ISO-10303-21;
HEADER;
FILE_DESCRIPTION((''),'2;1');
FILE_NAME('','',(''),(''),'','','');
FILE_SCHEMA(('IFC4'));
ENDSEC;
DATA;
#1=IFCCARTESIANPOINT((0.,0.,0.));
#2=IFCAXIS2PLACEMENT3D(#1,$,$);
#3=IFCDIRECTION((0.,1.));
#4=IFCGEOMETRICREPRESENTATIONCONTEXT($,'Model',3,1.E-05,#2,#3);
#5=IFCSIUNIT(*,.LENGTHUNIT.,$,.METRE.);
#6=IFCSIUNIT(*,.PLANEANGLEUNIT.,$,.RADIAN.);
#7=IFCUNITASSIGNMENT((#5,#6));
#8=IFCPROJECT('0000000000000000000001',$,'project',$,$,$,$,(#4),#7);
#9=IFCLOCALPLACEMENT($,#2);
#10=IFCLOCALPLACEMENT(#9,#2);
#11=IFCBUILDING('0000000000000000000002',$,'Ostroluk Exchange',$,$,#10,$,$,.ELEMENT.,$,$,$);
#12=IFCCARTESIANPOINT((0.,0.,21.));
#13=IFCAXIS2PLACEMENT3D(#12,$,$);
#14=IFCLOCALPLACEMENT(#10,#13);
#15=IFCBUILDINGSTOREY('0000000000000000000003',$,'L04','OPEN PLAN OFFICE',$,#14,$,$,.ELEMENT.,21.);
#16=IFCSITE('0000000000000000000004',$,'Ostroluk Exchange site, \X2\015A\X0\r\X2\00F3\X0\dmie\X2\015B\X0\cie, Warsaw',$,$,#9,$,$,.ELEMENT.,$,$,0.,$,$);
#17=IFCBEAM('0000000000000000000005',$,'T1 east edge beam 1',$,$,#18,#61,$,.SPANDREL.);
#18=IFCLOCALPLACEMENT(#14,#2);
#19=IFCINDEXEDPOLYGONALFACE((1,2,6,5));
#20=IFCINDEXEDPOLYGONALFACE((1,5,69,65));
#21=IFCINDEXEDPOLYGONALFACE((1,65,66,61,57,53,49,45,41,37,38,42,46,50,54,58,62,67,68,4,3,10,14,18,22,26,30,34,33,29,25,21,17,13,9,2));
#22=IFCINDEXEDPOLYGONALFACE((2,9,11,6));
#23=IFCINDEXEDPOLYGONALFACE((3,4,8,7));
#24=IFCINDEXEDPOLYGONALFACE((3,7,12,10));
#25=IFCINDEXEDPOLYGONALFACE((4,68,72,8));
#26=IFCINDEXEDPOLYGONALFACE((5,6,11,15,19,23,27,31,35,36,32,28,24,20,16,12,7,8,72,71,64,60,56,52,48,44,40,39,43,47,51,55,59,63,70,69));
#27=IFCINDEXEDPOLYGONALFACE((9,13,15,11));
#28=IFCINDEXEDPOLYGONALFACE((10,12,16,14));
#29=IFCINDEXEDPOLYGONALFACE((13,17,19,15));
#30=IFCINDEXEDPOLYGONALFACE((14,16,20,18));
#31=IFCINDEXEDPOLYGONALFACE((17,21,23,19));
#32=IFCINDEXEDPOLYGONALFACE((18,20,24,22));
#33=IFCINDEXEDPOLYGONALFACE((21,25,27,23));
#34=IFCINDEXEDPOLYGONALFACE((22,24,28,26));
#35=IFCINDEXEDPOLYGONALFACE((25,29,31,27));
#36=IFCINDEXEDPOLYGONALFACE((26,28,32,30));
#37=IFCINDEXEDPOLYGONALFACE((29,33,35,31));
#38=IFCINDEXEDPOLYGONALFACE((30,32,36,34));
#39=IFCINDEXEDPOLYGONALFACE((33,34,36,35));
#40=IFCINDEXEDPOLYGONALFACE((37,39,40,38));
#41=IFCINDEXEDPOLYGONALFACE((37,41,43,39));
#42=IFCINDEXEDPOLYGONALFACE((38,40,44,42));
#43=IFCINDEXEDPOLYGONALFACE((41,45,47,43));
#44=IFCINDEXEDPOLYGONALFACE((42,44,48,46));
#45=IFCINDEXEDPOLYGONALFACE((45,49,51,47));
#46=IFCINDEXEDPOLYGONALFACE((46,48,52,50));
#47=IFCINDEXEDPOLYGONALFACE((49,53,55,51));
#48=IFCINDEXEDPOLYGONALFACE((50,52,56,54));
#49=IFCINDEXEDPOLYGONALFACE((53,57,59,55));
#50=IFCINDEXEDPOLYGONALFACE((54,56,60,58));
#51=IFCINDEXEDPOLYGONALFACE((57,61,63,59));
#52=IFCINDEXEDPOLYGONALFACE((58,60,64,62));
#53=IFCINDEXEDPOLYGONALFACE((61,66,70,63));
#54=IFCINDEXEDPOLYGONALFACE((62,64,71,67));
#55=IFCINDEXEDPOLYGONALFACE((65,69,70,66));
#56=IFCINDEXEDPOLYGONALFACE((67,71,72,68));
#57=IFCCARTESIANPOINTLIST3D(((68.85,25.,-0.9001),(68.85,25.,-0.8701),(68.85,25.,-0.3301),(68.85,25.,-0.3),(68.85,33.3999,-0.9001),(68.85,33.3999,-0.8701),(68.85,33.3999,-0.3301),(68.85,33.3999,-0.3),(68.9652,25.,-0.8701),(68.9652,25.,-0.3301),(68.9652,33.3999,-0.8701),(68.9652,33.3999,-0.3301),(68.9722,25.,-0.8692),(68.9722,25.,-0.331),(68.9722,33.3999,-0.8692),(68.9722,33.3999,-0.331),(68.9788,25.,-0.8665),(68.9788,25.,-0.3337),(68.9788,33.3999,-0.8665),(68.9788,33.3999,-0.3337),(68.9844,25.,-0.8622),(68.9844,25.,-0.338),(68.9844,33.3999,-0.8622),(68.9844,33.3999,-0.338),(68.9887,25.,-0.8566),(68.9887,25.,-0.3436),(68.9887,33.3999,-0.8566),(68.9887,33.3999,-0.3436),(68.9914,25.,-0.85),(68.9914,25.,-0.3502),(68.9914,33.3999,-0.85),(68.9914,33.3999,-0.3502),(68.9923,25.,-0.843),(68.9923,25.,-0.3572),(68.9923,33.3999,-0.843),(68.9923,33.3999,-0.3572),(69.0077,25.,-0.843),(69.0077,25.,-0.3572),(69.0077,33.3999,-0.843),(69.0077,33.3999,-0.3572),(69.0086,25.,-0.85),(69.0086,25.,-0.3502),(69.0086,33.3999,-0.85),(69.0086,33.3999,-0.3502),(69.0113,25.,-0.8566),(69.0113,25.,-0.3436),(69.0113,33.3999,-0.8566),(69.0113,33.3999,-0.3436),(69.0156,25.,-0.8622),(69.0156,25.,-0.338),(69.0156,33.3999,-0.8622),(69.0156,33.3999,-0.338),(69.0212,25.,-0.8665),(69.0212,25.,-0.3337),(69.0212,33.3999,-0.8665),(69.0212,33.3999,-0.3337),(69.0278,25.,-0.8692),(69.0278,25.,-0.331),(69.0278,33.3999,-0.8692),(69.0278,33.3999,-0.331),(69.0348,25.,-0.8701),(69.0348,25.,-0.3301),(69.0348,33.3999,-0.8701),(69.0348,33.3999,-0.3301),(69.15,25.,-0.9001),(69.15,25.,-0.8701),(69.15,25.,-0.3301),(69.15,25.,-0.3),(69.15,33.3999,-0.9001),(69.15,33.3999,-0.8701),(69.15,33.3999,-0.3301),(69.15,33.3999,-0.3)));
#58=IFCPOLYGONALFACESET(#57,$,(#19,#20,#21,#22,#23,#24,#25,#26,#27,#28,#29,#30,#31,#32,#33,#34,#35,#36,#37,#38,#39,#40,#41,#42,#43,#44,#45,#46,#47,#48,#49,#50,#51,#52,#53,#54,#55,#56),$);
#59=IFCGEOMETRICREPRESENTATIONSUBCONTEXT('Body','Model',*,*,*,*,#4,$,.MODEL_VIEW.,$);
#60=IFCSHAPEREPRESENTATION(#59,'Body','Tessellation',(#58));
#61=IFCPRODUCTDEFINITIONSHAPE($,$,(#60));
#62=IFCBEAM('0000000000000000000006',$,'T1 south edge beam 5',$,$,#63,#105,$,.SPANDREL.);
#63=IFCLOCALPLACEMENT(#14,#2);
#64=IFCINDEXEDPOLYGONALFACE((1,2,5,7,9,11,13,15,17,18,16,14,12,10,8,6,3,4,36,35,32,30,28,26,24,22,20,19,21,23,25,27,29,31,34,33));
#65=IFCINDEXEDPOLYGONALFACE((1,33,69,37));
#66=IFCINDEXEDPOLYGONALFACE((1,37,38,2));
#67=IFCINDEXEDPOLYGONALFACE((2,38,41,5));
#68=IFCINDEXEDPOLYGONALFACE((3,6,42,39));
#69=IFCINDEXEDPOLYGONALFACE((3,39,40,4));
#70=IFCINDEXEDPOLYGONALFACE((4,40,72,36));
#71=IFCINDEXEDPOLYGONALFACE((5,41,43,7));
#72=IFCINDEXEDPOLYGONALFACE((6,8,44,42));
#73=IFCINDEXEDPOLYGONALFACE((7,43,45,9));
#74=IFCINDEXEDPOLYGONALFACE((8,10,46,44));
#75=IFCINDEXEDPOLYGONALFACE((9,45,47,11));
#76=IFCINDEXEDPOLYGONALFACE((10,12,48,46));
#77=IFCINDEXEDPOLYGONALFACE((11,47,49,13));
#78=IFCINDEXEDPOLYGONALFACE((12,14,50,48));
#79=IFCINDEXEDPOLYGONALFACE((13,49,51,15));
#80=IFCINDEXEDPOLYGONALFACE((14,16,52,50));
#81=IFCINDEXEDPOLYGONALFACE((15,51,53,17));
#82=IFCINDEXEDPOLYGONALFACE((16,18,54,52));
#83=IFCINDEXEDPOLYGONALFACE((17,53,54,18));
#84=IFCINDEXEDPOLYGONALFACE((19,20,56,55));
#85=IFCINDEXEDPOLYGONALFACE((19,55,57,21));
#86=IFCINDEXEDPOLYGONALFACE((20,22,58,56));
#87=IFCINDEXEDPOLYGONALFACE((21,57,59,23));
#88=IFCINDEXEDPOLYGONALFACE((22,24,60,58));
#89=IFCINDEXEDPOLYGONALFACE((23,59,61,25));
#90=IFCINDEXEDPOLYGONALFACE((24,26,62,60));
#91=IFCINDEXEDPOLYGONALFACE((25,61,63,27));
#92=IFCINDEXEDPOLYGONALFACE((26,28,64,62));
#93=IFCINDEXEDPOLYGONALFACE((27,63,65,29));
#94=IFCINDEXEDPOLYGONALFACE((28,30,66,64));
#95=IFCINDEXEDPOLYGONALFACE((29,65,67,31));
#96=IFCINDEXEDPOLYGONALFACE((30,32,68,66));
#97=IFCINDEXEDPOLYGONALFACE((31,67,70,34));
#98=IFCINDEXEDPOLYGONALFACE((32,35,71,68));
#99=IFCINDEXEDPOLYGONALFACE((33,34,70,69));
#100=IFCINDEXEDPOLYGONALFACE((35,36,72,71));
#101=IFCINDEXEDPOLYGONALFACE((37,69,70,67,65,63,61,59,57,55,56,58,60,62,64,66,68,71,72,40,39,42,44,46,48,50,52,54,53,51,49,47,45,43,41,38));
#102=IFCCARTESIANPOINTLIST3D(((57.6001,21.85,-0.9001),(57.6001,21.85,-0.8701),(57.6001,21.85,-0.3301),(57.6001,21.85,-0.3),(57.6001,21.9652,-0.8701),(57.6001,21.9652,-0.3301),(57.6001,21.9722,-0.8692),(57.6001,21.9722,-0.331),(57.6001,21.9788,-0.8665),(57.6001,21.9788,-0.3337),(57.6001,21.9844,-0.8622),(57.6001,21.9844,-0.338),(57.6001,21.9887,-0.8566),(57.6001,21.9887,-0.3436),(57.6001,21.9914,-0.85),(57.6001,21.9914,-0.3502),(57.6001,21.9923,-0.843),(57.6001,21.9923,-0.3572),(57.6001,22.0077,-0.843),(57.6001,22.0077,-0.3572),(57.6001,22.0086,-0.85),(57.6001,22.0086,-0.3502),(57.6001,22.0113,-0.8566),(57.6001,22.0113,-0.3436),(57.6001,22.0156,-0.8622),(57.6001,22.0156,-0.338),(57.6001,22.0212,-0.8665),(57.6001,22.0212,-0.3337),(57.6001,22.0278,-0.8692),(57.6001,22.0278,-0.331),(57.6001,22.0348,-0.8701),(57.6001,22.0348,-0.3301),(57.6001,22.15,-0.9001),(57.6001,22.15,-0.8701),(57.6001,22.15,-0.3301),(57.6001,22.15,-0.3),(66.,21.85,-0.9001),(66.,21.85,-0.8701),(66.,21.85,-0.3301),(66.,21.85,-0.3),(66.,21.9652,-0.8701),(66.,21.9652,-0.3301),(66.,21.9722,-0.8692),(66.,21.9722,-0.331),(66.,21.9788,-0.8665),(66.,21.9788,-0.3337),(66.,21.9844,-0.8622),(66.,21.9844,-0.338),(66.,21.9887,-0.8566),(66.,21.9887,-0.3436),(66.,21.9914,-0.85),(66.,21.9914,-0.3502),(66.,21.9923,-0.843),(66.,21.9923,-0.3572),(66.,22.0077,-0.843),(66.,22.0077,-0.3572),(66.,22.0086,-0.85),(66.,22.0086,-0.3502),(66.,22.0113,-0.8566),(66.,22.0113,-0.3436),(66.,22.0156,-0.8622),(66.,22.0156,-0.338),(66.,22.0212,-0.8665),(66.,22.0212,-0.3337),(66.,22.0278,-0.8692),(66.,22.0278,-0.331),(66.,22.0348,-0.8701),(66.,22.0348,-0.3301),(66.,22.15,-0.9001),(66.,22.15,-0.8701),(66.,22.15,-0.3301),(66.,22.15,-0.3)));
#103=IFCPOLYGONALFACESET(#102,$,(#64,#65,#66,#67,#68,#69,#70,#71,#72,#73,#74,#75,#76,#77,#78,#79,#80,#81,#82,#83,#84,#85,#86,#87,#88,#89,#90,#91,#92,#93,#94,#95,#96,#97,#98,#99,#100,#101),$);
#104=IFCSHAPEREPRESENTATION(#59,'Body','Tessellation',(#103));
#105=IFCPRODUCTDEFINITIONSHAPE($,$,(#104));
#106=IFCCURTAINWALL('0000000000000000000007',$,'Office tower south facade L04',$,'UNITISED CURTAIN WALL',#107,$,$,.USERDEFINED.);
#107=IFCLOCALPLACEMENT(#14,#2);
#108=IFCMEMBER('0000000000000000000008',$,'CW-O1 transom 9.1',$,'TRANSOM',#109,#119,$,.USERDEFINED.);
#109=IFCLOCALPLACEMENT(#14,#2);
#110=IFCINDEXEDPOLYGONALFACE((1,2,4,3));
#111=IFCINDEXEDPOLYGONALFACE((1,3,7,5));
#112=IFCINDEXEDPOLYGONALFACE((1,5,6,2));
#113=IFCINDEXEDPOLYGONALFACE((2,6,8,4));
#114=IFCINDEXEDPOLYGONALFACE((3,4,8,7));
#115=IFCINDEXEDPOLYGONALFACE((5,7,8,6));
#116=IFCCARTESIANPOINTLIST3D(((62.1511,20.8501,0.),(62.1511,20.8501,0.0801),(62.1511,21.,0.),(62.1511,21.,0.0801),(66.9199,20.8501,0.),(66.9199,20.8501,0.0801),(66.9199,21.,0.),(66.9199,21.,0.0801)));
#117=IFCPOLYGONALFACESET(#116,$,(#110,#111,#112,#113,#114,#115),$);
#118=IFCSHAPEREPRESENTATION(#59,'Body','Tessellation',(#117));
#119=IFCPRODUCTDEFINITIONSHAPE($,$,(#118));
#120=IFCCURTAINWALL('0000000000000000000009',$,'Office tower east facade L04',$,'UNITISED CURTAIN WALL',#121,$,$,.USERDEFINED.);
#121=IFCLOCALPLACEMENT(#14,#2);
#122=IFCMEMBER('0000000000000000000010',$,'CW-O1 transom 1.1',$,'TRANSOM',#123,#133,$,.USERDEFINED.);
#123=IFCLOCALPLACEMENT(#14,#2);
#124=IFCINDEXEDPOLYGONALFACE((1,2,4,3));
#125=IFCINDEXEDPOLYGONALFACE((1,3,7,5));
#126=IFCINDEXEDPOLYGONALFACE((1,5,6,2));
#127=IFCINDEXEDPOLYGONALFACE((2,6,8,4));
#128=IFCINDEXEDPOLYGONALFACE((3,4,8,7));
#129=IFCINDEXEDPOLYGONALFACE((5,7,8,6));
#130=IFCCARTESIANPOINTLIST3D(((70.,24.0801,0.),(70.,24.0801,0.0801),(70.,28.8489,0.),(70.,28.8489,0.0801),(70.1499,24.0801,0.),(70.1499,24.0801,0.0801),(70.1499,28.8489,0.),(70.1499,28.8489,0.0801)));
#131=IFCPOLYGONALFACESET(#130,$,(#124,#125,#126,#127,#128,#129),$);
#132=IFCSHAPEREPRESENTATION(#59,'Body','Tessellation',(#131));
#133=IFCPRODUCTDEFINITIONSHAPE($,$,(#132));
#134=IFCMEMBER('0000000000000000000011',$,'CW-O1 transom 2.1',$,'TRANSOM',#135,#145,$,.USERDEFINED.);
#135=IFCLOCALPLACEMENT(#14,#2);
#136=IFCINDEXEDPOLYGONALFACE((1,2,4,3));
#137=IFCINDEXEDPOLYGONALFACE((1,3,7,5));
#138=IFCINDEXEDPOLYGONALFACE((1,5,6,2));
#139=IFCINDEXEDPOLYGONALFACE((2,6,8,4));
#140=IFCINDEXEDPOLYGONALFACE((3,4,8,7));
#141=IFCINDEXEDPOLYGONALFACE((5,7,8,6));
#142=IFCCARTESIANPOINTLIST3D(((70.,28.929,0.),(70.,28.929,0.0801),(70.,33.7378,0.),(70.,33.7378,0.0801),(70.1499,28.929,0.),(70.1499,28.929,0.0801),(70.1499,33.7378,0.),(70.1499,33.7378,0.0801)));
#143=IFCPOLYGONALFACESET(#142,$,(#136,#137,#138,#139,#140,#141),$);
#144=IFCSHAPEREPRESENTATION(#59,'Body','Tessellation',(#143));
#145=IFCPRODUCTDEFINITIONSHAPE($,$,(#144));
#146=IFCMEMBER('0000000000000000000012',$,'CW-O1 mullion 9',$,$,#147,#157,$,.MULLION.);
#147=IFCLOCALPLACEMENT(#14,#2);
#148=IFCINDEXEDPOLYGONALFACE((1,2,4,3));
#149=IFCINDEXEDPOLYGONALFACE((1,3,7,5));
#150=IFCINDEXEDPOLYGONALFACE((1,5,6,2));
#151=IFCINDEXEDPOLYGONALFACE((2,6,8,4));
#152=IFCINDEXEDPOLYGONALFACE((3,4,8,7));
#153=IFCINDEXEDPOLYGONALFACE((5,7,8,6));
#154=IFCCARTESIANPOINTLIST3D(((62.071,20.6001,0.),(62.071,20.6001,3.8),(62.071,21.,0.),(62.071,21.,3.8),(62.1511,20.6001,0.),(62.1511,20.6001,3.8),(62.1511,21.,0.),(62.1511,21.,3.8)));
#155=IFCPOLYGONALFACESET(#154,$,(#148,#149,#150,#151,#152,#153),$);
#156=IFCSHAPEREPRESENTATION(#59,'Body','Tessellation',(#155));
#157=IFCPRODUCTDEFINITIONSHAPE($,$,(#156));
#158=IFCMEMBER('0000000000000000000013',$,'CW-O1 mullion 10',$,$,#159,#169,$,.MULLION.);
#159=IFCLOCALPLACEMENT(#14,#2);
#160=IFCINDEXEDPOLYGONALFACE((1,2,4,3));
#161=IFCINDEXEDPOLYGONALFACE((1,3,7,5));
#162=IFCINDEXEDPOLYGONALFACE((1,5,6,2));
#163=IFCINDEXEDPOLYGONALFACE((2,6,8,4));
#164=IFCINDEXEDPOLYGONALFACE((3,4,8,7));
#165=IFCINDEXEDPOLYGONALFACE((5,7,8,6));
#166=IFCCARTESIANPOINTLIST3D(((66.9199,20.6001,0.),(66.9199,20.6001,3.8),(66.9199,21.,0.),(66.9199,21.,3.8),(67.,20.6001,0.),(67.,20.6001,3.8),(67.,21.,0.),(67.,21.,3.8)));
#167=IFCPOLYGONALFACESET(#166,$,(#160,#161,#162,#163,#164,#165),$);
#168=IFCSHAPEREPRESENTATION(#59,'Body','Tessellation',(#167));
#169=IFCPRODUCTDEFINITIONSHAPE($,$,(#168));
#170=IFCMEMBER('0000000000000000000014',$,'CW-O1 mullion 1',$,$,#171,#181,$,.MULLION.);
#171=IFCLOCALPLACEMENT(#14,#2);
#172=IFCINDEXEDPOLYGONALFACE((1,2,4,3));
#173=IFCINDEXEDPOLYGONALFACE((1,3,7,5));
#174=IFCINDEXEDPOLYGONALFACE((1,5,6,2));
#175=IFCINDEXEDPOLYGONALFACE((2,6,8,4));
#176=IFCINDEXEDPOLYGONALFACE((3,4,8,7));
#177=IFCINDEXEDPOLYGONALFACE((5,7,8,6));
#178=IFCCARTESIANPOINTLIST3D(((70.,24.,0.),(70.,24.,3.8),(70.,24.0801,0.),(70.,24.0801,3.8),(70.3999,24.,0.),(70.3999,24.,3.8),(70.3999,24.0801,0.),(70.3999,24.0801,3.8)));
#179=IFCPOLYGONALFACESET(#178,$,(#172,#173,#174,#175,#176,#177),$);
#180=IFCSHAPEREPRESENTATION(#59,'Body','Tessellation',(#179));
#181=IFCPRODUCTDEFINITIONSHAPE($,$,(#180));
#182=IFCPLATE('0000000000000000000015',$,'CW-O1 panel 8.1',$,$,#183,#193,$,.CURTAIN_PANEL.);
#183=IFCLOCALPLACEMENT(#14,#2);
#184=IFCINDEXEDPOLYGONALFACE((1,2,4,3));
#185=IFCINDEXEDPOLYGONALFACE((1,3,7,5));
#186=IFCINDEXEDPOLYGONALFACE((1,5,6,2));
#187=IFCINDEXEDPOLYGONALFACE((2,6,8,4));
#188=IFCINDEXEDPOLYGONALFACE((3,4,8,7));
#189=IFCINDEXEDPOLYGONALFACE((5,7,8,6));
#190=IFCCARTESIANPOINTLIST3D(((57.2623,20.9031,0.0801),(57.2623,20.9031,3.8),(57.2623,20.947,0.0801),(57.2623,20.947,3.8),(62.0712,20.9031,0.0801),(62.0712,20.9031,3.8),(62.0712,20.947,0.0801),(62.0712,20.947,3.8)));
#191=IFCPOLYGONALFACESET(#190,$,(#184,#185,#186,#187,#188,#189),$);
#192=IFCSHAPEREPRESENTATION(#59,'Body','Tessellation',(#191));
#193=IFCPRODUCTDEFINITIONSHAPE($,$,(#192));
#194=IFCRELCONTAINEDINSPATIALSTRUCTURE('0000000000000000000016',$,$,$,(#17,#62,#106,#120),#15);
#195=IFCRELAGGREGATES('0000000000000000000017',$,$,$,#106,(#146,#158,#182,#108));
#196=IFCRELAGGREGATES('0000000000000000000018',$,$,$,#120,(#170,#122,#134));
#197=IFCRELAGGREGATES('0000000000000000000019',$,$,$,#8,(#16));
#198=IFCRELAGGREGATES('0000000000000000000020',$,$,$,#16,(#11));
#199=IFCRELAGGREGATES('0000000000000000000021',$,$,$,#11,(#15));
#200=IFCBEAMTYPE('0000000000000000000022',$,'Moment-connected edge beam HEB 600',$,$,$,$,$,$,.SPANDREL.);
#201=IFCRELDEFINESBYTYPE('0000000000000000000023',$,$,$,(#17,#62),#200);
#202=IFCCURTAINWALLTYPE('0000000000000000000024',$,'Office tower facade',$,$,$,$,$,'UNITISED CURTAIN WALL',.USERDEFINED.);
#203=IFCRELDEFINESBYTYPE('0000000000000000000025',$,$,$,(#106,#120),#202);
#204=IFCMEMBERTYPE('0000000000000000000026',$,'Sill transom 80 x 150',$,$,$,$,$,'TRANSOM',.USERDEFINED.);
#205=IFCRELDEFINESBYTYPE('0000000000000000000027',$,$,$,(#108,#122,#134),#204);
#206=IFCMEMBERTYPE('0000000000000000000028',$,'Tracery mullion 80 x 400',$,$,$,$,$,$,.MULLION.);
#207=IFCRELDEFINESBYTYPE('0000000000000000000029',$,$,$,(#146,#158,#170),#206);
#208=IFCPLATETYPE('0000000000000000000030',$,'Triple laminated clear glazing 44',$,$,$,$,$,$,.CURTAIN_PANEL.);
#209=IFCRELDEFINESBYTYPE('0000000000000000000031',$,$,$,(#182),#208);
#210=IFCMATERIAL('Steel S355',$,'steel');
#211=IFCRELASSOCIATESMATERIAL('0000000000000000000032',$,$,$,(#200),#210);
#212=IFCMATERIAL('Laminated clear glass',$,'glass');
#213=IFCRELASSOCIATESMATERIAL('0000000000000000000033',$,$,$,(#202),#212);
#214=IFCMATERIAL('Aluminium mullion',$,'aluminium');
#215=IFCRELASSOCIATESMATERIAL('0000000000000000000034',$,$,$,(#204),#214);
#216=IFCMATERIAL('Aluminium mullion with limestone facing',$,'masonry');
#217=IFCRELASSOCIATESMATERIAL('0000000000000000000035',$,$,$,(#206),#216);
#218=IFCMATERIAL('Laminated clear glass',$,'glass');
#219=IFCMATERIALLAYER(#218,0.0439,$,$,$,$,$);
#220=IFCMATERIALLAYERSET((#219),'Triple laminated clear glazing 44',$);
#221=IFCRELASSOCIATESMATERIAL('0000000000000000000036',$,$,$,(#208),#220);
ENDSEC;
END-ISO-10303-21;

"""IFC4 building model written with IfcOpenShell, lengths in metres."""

from ifc_helpers import new_model, si_unit, direction, frame, origin, origin_2d, place, context, subcontext, project, spatial, rectangle, i_section, extrude, material, layer, layer_set, material_profile, profile_set, type_object, element, aggregate, save


model = new_model("IFC4")

# Units and contexts
model_context = context("Model", 3, precision=1e-05, world=origin(), true_north=direction((0.0, 1.0)))
body_context = subcontext(model_context, "Body", "Model", "MODEL_VIEW")
ifc_project = project(units=[si_unit("LENGTHUNIT", "METRE"), si_unit("PLANEANGLEUNIT", "RADIAN")], contexts=[model_context])

# Site, building, storey
site_placement = place(None, origin())
site = spatial("IfcSite", under=ifc_project, at=site_placement, Name="Ostroluk Exchange site, Śródmieście, Warsaw", CompositionType="ELEMENT", RefElevation=0.0)
building_placement = place(site_placement, origin())
building = spatial("IfcBuilding", under=site, at=building_placement, Name="Ostroluk Exchange", CompositionType="ELEMENT")
storey_placement = place(building_placement, frame((0.0, 0.0, 21.0)))
storey = spatial("IfcBuildingStorey", under=building, at=storey_placement, Name="L04", Description="OPEN PLAN OFFICE", CompositionType="ELEMENT", Elevation=21.0)

# Beams
ifc_material_1 = material(Name="Steel S355", Category="steel")
ifc_material_profile_1 = material_profile(ifc_material_1, i_section(OverallWidth=0.3, OverallDepth=0.6001, WebThickness=0.0154, FlangeThickness=0.03, FilletRadius=0.0271, at=origin_2d()), Name="HEB 600")
ifc_profile_set_1 = profile_set([ifc_material_profile_1], Name="Steel S355")
beam_type_1 = type_object("IfcBeamType", Name="Moment-connected edge beam HEB 600", PredefinedType="SPANDREL", material=ifc_profile_set_1)
for number, where, z_axis, x_axis, name in (
    (1, (69.0, 25.0, -0.6001), (0.0, 1.0, 0.0), (-1.0, 0.0, 0.0), "T1 east edge beam 1"),
    (2, (57.6001, 22.0, -0.6001), (1.0, 0.0, 0.0), (0.0, 1.0, 0.0), "T1 south edge beam 5"),
):
    element("IfcBeam", number, at=place(storey_placement, frame(where, z_axis=z_axis, x_axis=x_axis)), inside=storey, type_object=beam_type_1, Name=name, PredefinedType="SPANDREL", context=body_context, shape_type="SweptSolid", body=[
        extrude(i_section(OverallWidth=0.3, OverallDepth=0.6001, WebThickness=0.0154, FlangeThickness=0.03, FilletRadius=0.0271, at=origin_2d()), origin(), (0.0, 0.0, 1.0), 8.3999),
    ])

# Curtain wall, member
ifc_material_2 = material(Name="Laminated clear glass", Category="glass")
curtain_wall_type = type_object("IfcCurtainWallType", Name="Office tower facade", ElementType="UNITISED CURTAIN WALL", PredefinedType="USERDEFINED", material=ifc_material_2)
curtain_wall_1_placement = place(storey_placement, origin())
curtain_wall_1 = element("IfcCurtainWall", 3, at=curtain_wall_1_placement, inside=storey, type_object=curtain_wall_type, Name="Office tower south facade L04", ObjectType="UNITISED CURTAIN WALL", PredefinedType="USERDEFINED")
ifc_material_3 = material(Name="Aluminium mullion", Category="aluminium")
ifc_material_profile_2 = material_profile(ifc_material_3, rectangle(XDim=0.1499, YDim=0.0801, at=origin_2d()), Name="Sill transom 80 x 150")
ifc_profile_set_2 = profile_set([ifc_material_profile_2], Name="Aluminium mullion")
member_type_1 = type_object("IfcMemberType", Name="Sill transom 80 x 150", ElementType="TRANSOM", PredefinedType="USERDEFINED", material=ifc_profile_set_2)
member_1_placement = place(storey_placement, frame((62.1511, 20.925, 0.04), z_axis=(1.0, 0.0, 0.0), x_axis=(0.0, 1.0, 0.0)))
member_1 = element("IfcMember", 4, at=member_1_placement, type_object=member_type_1, Name="CW-O1 transom 9.1", ObjectType="TRANSOM", PredefinedType="USERDEFINED", context=body_context, shape_type="SweptSolid", body=[
    extrude(rectangle(XDim=0.1499, YDim=0.0801, at=origin_2d()), origin(), (0.0, 0.0, 1.0), 4.7688),
])

# Curtain wall, members
curtain_wall_2_placement = place(storey_placement, origin())
curtain_wall_2 = element("IfcCurtainWall", 5, at=curtain_wall_2_placement, inside=storey, type_object=curtain_wall_type, Name="Office tower east facade L04", ObjectType="UNITISED CURTAIN WALL", PredefinedType="USERDEFINED")
member_2_placement = place(storey_placement, frame((70.075, 24.0801, 0.04), z_axis=(0.0, 1.0, 0.0), x_axis=(-1.0, 0.0, 0.0)))
member_2 = element("IfcMember", 6, at=member_2_placement, type_object=member_type_1, Name="CW-O1 transom 1.1", ObjectType="TRANSOM", PredefinedType="USERDEFINED", context=body_context, shape_type="SweptSolid", body=[
    extrude(rectangle(XDim=0.1499, YDim=0.0801, at=origin_2d()), origin(), (0.0, 0.0, 1.0), 4.7688),
])
member_3_placement = place(storey_placement, frame((70.075, 28.929, 0.04), z_axis=(0.0, 1.0, 0.0), x_axis=(-1.0, 0.0, 0.0)))
member_3 = element("IfcMember", 7, at=member_3_placement, type_object=member_type_1, Name="CW-O1 transom 2.1", ObjectType="TRANSOM", PredefinedType="USERDEFINED", context=body_context, shape_type="SweptSolid", body=[
    extrude(rectangle(XDim=0.1499, YDim=0.0801, at=origin_2d()), origin(), (0.0, 0.0, 1.0), 4.8088),
])

# Members
ifc_material_4 = material(Name="Aluminium mullion with limestone facing", Category="masonry")
ifc_material_profile_3 = material_profile(ifc_material_4, rectangle(XDim=0.3999, YDim=0.0801, at=origin_2d()), Name="Tracery mullion 80 x 400")
ifc_profile_set_3 = profile_set([ifc_material_profile_3], Name="Aluminium mullion with limestone facing")
member_type_2 = type_object("IfcMemberType", Name="Tracery mullion 80 x 400", PredefinedType="MULLION", material=ifc_profile_set_3)
member_4_placement = place(storey_placement, frame((62.1111, 20.8, 0.0), z_axis=(0.0, 0.0, 1.0), x_axis=(0.0, 1.0, 0.0)))
member_4 = element("IfcMember", 8, at=member_4_placement, type_object=member_type_2, Name="CW-O1 mullion 9", PredefinedType="MULLION", context=body_context, shape_type="SweptSolid", body=[
    extrude(rectangle(XDim=0.3999, YDim=0.0801, at=origin_2d()), origin(), (0.0, 0.0, 1.0), 3.8),
])
member_5_placement = place(storey_placement, frame((66.96, 20.8, 0.0), z_axis=(0.0, 0.0, 1.0), x_axis=(0.0, 1.0, 0.0)))
member_5 = element("IfcMember", 9, at=member_5_placement, type_object=member_type_2, Name="CW-O1 mullion 10", PredefinedType="MULLION", context=body_context, shape_type="SweptSolid", body=[
    extrude(rectangle(XDim=0.3999, YDim=0.0801, at=origin_2d()), origin(), (0.0, 0.0, 1.0), 3.8),
])
member_6_placement = place(storey_placement, frame((70.2, 24.04, 0.0), z_axis=(0.0, 0.0, 1.0), x_axis=(-1.0, 0.0, 0.0)))
member_6 = element("IfcMember", 10, at=member_6_placement, type_object=member_type_2, Name="CW-O1 mullion 1", PredefinedType="MULLION", context=body_context, shape_type="SweptSolid", body=[
    extrude(rectangle(XDim=0.3999, YDim=0.0801, at=origin_2d()), origin(), (0.0, 0.0, 1.0), 3.8),
])

# Plate
ifc_material_5 = material(Name="Laminated clear glass", Category="glass")
ifc_layer_1 = layer(ifc_material_5, 0.0439)
ifc_layer_set_1 = layer_set([ifc_layer_1], Name="Triple laminated clear glazing 44")
plate_type = type_object("IfcPlateType", Name="Triple laminated clear glazing 44", PredefinedType="CURTAIN_PANEL", material=ifc_layer_set_1)
plate_1_placement = place(storey_placement, frame((59.6667, 20.925, 0.0801), z_axis=(0.0, 0.0, 1.0), x_axis=(1.0, 0.0, 0.0)))
plate_1 = element("IfcPlate", 11, at=plate_1_placement, type_object=plate_type, Name="CW-O1 panel 8.1", PredefinedType="CURTAIN_PANEL", context=body_context, shape_type="SweptSolid", body=[
    extrude(rectangle(XDim=4.8088, YDim=0.0439, at=origin_2d()), origin(), (0.0, 0.0, 1.0), 3.72),
])
aggregate(curtain_wall_1, [member_4, member_5, plate_1, member_1])
aggregate(curtain_wall_2, [member_6, member_2, member_3])

save(model, "model.ifc")
